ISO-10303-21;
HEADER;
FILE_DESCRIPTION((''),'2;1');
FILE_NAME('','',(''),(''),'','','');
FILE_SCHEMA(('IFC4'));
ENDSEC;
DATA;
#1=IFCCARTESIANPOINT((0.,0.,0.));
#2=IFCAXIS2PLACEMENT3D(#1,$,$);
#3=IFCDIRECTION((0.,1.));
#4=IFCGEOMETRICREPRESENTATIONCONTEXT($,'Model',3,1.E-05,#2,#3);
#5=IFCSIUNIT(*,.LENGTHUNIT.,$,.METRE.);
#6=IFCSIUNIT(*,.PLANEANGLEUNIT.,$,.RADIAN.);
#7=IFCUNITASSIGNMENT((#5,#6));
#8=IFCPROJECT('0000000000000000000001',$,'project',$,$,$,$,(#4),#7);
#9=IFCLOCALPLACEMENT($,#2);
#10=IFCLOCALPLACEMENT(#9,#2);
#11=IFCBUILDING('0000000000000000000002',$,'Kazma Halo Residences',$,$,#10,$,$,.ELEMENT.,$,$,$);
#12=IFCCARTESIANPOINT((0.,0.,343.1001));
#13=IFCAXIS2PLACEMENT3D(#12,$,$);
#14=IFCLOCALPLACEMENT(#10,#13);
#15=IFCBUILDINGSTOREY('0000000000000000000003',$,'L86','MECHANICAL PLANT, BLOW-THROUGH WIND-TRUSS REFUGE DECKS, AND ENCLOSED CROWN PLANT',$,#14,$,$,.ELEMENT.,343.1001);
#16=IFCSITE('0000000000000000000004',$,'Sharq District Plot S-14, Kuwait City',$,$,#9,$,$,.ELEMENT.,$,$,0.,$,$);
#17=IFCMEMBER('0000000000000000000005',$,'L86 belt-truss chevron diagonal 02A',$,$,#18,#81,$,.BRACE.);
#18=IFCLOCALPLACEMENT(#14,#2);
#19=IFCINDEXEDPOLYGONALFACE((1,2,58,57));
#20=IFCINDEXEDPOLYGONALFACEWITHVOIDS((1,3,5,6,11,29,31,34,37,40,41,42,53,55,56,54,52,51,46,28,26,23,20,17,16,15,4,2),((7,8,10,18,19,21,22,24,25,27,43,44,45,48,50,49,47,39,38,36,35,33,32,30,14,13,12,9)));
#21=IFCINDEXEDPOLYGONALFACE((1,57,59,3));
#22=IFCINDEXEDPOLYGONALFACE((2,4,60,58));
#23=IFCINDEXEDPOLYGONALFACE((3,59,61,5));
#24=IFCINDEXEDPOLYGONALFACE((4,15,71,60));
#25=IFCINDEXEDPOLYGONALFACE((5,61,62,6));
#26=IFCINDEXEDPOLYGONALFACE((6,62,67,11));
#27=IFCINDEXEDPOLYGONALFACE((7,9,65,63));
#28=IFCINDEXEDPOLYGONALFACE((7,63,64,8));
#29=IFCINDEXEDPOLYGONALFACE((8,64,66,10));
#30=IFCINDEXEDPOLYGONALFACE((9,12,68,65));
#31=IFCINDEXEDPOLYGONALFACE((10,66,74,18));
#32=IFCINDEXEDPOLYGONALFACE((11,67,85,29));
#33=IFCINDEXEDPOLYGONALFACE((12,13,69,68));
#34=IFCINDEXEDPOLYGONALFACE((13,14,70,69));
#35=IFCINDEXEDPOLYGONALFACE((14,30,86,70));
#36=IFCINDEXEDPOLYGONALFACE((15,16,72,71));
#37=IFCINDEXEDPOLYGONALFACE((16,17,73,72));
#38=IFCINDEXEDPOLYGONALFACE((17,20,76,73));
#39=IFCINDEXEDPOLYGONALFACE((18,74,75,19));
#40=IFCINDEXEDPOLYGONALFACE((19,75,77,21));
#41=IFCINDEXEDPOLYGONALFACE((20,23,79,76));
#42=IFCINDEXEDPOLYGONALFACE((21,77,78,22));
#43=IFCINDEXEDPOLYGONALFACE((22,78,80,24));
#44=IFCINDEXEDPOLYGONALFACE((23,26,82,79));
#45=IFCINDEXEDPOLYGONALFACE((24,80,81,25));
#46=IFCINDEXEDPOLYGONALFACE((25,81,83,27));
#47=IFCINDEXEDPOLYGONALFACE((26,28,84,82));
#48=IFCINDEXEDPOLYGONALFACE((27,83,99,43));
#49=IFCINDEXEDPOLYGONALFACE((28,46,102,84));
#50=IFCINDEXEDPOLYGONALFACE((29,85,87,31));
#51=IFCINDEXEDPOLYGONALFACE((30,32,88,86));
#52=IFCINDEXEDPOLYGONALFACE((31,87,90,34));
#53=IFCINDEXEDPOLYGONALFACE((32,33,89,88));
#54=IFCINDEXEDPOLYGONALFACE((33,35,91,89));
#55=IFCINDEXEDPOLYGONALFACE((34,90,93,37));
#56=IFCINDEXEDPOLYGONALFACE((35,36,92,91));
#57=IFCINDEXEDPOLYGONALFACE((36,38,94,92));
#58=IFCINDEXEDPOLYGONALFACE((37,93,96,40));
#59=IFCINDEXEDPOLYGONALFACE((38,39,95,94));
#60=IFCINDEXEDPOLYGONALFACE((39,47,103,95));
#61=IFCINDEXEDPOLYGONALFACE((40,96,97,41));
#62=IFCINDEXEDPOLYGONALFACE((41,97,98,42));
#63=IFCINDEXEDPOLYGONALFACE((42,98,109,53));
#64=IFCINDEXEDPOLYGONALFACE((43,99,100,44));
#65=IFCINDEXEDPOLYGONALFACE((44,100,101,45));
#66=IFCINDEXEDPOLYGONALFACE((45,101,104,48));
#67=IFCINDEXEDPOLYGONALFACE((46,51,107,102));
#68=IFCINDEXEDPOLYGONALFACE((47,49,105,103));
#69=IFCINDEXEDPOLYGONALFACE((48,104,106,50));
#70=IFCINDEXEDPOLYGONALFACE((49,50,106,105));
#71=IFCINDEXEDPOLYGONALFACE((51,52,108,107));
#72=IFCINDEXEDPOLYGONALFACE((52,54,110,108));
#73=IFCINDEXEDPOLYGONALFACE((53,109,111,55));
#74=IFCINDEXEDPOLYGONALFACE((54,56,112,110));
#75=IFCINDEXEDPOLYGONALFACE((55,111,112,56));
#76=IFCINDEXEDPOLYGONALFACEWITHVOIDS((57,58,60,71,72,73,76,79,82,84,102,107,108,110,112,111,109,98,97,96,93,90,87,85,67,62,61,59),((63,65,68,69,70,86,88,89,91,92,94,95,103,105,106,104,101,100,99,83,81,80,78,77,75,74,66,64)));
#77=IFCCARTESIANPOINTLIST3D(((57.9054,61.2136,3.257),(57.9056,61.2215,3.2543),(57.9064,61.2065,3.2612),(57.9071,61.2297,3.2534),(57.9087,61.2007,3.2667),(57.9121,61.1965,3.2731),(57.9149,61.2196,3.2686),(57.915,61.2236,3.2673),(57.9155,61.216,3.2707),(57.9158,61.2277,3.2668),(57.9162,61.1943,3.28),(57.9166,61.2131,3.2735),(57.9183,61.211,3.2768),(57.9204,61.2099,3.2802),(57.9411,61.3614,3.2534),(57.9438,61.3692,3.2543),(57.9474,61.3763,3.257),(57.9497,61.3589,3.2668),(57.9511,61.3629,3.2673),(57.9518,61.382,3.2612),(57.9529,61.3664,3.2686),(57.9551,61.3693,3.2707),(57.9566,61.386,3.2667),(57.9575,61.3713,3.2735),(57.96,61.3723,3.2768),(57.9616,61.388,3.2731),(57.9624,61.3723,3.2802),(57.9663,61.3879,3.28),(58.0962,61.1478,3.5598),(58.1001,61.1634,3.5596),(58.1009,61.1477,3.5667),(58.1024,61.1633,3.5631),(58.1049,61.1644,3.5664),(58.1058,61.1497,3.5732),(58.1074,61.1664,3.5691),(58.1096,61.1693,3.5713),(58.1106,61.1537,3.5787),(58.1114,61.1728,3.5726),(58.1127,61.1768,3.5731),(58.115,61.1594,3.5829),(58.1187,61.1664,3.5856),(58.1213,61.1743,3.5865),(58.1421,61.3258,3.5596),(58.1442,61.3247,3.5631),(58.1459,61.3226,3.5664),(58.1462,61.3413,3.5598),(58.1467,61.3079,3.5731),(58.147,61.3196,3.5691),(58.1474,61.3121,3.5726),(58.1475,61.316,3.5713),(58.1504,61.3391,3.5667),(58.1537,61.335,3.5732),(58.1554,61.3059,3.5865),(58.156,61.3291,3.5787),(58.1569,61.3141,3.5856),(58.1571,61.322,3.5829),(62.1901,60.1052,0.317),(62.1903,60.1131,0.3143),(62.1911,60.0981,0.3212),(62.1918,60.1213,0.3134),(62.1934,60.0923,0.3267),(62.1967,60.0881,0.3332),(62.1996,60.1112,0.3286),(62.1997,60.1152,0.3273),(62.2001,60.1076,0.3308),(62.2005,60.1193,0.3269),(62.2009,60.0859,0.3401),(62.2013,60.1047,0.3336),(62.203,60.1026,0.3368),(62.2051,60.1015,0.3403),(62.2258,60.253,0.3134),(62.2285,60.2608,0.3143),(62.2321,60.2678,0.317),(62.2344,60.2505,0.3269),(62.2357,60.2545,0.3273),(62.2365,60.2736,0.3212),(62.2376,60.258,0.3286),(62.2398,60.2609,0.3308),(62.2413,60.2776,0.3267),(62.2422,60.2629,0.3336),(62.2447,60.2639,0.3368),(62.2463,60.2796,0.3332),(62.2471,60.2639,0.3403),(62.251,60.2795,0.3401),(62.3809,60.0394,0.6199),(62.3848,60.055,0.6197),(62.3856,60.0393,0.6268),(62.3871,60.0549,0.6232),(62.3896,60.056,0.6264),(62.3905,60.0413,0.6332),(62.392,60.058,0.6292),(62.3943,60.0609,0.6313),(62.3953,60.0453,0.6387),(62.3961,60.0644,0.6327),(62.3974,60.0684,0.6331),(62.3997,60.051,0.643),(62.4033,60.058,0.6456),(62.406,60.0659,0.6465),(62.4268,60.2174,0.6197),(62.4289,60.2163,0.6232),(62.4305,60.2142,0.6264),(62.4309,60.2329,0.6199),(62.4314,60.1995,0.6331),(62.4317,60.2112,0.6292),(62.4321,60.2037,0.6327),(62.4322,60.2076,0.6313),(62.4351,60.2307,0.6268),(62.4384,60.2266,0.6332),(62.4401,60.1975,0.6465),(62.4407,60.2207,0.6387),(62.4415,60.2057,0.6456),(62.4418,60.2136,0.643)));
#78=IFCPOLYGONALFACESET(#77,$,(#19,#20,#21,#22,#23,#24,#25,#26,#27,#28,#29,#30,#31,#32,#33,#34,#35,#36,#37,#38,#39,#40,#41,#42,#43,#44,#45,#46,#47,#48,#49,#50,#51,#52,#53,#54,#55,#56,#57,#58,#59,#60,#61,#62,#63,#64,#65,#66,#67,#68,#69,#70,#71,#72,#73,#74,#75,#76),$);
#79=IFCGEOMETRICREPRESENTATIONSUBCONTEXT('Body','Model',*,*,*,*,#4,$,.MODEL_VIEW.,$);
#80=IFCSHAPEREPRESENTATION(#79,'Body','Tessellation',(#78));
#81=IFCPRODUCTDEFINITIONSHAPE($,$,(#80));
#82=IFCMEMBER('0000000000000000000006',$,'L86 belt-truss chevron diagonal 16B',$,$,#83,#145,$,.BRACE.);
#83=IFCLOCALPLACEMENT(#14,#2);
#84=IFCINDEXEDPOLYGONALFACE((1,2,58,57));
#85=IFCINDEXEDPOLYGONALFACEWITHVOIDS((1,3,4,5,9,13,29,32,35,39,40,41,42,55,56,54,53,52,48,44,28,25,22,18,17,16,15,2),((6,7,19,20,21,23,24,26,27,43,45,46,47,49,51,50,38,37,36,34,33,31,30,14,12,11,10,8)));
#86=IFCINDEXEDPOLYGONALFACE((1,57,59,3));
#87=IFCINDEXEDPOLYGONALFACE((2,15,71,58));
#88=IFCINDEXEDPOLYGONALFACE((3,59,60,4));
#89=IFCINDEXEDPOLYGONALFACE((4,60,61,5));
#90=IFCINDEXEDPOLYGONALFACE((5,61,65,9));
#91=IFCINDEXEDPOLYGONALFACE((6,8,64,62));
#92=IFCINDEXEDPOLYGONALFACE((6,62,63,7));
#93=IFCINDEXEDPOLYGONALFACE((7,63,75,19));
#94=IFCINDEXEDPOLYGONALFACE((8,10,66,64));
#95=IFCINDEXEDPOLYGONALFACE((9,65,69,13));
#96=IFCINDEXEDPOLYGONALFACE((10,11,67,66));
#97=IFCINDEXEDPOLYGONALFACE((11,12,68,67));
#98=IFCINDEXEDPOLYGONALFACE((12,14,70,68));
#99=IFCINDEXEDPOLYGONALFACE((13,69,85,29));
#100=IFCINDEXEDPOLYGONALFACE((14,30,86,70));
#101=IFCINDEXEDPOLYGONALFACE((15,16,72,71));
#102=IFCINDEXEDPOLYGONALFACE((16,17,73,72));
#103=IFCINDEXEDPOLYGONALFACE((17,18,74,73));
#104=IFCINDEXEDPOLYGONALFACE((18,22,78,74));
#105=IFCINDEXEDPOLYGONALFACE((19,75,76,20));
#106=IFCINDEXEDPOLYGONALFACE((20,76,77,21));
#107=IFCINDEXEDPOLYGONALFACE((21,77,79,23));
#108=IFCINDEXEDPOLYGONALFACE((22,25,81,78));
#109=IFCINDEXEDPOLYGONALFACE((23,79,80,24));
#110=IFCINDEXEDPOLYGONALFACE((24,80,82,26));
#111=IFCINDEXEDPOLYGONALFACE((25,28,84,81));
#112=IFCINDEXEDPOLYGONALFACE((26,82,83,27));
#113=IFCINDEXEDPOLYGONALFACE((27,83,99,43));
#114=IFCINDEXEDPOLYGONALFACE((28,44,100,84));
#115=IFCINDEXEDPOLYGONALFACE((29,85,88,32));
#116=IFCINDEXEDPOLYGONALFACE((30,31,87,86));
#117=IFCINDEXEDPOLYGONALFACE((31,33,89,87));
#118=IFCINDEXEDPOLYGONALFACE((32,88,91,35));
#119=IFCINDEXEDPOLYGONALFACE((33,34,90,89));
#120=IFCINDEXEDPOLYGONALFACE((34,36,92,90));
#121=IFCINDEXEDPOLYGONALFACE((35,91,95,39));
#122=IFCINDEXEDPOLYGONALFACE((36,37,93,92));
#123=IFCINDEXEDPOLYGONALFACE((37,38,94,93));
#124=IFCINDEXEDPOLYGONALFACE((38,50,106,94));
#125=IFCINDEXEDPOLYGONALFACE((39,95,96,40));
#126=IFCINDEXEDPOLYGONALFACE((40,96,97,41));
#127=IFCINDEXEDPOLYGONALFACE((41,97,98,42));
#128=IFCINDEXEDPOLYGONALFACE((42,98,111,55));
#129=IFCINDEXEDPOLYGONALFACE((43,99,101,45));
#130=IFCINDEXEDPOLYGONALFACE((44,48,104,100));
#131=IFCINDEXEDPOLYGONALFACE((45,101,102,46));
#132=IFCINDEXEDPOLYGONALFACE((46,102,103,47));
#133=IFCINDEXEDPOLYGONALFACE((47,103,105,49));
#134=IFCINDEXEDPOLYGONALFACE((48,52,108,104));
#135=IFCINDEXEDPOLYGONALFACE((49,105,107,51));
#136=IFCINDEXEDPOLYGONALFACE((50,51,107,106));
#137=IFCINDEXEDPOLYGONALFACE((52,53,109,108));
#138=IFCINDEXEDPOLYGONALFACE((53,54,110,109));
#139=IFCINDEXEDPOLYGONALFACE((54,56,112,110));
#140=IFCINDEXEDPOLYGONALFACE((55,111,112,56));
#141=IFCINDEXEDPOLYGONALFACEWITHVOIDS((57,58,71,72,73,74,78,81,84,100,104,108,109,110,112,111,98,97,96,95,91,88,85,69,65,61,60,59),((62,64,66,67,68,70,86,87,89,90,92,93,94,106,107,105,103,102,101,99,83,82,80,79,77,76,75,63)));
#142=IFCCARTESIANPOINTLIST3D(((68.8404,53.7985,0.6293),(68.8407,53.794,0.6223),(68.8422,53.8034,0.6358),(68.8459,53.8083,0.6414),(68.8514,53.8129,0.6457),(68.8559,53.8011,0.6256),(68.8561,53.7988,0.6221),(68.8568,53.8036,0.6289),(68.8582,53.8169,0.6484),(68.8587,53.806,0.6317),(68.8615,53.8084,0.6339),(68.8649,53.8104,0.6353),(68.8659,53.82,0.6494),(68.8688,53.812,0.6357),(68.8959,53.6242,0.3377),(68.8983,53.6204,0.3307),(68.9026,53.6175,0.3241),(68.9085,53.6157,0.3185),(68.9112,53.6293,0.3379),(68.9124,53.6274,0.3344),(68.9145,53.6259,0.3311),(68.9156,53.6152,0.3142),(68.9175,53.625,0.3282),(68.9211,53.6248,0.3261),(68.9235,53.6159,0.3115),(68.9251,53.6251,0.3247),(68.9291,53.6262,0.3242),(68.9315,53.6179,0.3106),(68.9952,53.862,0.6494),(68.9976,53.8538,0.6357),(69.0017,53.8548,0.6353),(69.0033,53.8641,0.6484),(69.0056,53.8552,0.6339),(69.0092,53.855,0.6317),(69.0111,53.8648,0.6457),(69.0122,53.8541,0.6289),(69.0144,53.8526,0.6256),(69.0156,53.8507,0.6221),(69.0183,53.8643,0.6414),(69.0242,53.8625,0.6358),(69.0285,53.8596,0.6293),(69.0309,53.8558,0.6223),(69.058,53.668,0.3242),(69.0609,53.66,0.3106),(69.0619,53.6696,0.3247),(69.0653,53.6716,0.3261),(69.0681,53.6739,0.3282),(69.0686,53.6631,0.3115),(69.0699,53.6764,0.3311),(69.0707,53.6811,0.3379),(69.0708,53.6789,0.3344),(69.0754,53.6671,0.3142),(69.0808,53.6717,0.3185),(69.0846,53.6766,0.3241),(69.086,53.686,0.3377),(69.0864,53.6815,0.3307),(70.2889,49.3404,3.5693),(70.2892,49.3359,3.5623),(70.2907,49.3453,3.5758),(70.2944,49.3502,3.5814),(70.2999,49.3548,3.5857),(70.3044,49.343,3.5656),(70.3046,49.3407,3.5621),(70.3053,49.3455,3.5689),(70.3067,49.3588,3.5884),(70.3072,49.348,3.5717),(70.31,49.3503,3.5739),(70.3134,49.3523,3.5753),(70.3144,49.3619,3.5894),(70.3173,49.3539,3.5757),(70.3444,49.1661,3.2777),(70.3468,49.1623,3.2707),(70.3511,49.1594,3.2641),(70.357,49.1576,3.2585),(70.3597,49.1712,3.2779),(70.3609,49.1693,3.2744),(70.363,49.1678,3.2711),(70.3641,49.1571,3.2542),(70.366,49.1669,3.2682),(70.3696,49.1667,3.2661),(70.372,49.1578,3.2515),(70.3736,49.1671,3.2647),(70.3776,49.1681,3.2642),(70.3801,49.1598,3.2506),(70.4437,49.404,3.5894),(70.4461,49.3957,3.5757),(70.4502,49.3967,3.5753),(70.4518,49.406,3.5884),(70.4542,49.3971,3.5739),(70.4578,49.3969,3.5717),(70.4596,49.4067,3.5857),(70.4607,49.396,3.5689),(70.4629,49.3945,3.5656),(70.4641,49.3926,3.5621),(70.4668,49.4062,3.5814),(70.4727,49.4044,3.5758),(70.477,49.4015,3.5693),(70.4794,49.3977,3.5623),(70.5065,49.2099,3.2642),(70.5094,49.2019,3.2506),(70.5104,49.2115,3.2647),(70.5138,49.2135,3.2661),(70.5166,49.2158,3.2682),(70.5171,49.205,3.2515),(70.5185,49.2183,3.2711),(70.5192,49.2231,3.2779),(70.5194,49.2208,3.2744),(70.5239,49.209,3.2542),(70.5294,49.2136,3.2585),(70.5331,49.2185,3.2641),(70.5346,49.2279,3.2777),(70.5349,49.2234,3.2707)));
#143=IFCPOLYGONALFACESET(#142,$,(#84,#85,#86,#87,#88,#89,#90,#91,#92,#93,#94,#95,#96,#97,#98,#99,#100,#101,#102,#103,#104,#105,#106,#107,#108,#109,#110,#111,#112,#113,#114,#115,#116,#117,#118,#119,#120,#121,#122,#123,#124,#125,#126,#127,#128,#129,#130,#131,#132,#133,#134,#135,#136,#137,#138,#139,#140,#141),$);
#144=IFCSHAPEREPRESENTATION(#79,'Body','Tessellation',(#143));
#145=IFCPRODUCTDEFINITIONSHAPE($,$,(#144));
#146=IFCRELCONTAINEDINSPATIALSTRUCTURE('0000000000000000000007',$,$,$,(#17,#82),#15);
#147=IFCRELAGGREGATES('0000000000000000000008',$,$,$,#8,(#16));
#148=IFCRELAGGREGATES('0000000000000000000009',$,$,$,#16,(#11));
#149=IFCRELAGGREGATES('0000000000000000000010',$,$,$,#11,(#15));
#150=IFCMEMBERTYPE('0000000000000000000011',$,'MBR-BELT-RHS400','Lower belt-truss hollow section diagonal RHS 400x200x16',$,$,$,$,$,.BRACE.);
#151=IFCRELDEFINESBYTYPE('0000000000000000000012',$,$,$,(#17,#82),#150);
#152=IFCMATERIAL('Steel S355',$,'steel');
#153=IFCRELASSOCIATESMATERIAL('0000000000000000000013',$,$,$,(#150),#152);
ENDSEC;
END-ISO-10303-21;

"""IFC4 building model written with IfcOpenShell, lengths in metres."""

from ifc_helpers import new_model, si_unit, direction, frame, origin, origin_2d, place, context, subcontext, project, spatial, hollow_rectangle, extrude, material, material_profile, profile_set, type_object, element, save


model = new_model("IFC4")

# Units and contexts
model_context = context("Model", 3, precision=1e-05, world=origin(), true_north=direction((0.0, 1.0)))
body_context = subcontext(model_context, "Body", "Model", "MODEL_VIEW")
ifc_project = project(units=[si_unit("LENGTHUNIT", "METRE"), si_unit("PLANEANGLEUNIT", "RADIAN")], contexts=[model_context])

# Site, building, storey
site_placement = place(None, origin())
site = spatial("IfcSite", under=ifc_project, at=site_placement, Name="Sharq District Plot S-14, Kuwait City", CompositionType="ELEMENT", RefElevation=0.0)
building_placement = place(site_placement, origin())
building = spatial("IfcBuilding", under=site, at=building_placement, Name="Kazma Halo Residences", CompositionType="ELEMENT")
storey_placement = place(building_placement, frame((0.0, 0.0, 343.1001)))
storey = spatial("IfcBuildingStorey", under=building, at=storey_placement, Name="L86", Description="MECHANICAL PLANT, BLOW-THROUGH WIND-TRUSS REFUGE DECKS, AND ENCLOSED CROWN PLANT", CompositionType="ELEMENT", Elevation=343.1001)

# Shared definitions
ifc_material_1 = material(Name="Steel S355", Category="steel")

# Members
ifc_material_profile_1 = material_profile(ifc_material_1, hollow_rectangle(XDim=0.2, YDim=0.3999, WallThickness=0.0161, InnerFilletRadius=0.0161, OuterFilletRadius=0.032, at=origin_2d()), Name="RHS400x200x16")
ifc_profile_set_1 = profile_set([ifc_material_profile_1], Name="Steel S355")
member_type_1 = type_object("IfcMemberType", Name="MBR-BELT-RHS400", Description="Lower belt-truss hollow section diagonal RHS 400x200x16", PredefinedType="BRACE", material=ifc_profile_set_1)
member_1_placement = place(storey_placement, frame((62.3159, 60.1594, 0.48), z_axis=(-0.806418, 0.208612, 0.553327), x_axis=(-0.250445, -0.968131, 0.0)))
element("IfcMember", 1, at=member_1_placement, inside=storey, type_object=member_type_1, Name="L86 belt-truss chevron diagonal 02A", PredefinedType="BRACE", context=body_context, shape_type="SweptSolid", body=[
    extrude(hollow_rectangle(XDim=0.2, YDim=0.3999, WallThickness=0.0161, InnerFilletRadius=0.0161, OuterFilletRadius=0.032, at=origin_2d()), origin(), (0.0, 0.0, 1.0), 5.3132),
])
member_2_placement = place(storey_placement, frame((68.9634, 53.74, 0.48), z_axis=(0.261786, -0.805698, 0.531337), x_axis=(0.951057, 0.309015, 0.0)))
element("IfcMember", 2, at=member_2_placement, inside=storey, type_object=member_type_1, Name="L86 belt-truss chevron diagonal 16B", PredefinedType="BRACE", context=body_context, shape_type="SweptSolid", body=[
    extrude(hollow_rectangle(XDim=0.2, YDim=0.3999, WallThickness=0.0161, InnerFilletRadius=0.0161, OuterFilletRadius=0.032, at=origin_2d()), origin(), (0.0, 0.0, 1.0), 5.5332),
])

save(model, "model.ifc")
